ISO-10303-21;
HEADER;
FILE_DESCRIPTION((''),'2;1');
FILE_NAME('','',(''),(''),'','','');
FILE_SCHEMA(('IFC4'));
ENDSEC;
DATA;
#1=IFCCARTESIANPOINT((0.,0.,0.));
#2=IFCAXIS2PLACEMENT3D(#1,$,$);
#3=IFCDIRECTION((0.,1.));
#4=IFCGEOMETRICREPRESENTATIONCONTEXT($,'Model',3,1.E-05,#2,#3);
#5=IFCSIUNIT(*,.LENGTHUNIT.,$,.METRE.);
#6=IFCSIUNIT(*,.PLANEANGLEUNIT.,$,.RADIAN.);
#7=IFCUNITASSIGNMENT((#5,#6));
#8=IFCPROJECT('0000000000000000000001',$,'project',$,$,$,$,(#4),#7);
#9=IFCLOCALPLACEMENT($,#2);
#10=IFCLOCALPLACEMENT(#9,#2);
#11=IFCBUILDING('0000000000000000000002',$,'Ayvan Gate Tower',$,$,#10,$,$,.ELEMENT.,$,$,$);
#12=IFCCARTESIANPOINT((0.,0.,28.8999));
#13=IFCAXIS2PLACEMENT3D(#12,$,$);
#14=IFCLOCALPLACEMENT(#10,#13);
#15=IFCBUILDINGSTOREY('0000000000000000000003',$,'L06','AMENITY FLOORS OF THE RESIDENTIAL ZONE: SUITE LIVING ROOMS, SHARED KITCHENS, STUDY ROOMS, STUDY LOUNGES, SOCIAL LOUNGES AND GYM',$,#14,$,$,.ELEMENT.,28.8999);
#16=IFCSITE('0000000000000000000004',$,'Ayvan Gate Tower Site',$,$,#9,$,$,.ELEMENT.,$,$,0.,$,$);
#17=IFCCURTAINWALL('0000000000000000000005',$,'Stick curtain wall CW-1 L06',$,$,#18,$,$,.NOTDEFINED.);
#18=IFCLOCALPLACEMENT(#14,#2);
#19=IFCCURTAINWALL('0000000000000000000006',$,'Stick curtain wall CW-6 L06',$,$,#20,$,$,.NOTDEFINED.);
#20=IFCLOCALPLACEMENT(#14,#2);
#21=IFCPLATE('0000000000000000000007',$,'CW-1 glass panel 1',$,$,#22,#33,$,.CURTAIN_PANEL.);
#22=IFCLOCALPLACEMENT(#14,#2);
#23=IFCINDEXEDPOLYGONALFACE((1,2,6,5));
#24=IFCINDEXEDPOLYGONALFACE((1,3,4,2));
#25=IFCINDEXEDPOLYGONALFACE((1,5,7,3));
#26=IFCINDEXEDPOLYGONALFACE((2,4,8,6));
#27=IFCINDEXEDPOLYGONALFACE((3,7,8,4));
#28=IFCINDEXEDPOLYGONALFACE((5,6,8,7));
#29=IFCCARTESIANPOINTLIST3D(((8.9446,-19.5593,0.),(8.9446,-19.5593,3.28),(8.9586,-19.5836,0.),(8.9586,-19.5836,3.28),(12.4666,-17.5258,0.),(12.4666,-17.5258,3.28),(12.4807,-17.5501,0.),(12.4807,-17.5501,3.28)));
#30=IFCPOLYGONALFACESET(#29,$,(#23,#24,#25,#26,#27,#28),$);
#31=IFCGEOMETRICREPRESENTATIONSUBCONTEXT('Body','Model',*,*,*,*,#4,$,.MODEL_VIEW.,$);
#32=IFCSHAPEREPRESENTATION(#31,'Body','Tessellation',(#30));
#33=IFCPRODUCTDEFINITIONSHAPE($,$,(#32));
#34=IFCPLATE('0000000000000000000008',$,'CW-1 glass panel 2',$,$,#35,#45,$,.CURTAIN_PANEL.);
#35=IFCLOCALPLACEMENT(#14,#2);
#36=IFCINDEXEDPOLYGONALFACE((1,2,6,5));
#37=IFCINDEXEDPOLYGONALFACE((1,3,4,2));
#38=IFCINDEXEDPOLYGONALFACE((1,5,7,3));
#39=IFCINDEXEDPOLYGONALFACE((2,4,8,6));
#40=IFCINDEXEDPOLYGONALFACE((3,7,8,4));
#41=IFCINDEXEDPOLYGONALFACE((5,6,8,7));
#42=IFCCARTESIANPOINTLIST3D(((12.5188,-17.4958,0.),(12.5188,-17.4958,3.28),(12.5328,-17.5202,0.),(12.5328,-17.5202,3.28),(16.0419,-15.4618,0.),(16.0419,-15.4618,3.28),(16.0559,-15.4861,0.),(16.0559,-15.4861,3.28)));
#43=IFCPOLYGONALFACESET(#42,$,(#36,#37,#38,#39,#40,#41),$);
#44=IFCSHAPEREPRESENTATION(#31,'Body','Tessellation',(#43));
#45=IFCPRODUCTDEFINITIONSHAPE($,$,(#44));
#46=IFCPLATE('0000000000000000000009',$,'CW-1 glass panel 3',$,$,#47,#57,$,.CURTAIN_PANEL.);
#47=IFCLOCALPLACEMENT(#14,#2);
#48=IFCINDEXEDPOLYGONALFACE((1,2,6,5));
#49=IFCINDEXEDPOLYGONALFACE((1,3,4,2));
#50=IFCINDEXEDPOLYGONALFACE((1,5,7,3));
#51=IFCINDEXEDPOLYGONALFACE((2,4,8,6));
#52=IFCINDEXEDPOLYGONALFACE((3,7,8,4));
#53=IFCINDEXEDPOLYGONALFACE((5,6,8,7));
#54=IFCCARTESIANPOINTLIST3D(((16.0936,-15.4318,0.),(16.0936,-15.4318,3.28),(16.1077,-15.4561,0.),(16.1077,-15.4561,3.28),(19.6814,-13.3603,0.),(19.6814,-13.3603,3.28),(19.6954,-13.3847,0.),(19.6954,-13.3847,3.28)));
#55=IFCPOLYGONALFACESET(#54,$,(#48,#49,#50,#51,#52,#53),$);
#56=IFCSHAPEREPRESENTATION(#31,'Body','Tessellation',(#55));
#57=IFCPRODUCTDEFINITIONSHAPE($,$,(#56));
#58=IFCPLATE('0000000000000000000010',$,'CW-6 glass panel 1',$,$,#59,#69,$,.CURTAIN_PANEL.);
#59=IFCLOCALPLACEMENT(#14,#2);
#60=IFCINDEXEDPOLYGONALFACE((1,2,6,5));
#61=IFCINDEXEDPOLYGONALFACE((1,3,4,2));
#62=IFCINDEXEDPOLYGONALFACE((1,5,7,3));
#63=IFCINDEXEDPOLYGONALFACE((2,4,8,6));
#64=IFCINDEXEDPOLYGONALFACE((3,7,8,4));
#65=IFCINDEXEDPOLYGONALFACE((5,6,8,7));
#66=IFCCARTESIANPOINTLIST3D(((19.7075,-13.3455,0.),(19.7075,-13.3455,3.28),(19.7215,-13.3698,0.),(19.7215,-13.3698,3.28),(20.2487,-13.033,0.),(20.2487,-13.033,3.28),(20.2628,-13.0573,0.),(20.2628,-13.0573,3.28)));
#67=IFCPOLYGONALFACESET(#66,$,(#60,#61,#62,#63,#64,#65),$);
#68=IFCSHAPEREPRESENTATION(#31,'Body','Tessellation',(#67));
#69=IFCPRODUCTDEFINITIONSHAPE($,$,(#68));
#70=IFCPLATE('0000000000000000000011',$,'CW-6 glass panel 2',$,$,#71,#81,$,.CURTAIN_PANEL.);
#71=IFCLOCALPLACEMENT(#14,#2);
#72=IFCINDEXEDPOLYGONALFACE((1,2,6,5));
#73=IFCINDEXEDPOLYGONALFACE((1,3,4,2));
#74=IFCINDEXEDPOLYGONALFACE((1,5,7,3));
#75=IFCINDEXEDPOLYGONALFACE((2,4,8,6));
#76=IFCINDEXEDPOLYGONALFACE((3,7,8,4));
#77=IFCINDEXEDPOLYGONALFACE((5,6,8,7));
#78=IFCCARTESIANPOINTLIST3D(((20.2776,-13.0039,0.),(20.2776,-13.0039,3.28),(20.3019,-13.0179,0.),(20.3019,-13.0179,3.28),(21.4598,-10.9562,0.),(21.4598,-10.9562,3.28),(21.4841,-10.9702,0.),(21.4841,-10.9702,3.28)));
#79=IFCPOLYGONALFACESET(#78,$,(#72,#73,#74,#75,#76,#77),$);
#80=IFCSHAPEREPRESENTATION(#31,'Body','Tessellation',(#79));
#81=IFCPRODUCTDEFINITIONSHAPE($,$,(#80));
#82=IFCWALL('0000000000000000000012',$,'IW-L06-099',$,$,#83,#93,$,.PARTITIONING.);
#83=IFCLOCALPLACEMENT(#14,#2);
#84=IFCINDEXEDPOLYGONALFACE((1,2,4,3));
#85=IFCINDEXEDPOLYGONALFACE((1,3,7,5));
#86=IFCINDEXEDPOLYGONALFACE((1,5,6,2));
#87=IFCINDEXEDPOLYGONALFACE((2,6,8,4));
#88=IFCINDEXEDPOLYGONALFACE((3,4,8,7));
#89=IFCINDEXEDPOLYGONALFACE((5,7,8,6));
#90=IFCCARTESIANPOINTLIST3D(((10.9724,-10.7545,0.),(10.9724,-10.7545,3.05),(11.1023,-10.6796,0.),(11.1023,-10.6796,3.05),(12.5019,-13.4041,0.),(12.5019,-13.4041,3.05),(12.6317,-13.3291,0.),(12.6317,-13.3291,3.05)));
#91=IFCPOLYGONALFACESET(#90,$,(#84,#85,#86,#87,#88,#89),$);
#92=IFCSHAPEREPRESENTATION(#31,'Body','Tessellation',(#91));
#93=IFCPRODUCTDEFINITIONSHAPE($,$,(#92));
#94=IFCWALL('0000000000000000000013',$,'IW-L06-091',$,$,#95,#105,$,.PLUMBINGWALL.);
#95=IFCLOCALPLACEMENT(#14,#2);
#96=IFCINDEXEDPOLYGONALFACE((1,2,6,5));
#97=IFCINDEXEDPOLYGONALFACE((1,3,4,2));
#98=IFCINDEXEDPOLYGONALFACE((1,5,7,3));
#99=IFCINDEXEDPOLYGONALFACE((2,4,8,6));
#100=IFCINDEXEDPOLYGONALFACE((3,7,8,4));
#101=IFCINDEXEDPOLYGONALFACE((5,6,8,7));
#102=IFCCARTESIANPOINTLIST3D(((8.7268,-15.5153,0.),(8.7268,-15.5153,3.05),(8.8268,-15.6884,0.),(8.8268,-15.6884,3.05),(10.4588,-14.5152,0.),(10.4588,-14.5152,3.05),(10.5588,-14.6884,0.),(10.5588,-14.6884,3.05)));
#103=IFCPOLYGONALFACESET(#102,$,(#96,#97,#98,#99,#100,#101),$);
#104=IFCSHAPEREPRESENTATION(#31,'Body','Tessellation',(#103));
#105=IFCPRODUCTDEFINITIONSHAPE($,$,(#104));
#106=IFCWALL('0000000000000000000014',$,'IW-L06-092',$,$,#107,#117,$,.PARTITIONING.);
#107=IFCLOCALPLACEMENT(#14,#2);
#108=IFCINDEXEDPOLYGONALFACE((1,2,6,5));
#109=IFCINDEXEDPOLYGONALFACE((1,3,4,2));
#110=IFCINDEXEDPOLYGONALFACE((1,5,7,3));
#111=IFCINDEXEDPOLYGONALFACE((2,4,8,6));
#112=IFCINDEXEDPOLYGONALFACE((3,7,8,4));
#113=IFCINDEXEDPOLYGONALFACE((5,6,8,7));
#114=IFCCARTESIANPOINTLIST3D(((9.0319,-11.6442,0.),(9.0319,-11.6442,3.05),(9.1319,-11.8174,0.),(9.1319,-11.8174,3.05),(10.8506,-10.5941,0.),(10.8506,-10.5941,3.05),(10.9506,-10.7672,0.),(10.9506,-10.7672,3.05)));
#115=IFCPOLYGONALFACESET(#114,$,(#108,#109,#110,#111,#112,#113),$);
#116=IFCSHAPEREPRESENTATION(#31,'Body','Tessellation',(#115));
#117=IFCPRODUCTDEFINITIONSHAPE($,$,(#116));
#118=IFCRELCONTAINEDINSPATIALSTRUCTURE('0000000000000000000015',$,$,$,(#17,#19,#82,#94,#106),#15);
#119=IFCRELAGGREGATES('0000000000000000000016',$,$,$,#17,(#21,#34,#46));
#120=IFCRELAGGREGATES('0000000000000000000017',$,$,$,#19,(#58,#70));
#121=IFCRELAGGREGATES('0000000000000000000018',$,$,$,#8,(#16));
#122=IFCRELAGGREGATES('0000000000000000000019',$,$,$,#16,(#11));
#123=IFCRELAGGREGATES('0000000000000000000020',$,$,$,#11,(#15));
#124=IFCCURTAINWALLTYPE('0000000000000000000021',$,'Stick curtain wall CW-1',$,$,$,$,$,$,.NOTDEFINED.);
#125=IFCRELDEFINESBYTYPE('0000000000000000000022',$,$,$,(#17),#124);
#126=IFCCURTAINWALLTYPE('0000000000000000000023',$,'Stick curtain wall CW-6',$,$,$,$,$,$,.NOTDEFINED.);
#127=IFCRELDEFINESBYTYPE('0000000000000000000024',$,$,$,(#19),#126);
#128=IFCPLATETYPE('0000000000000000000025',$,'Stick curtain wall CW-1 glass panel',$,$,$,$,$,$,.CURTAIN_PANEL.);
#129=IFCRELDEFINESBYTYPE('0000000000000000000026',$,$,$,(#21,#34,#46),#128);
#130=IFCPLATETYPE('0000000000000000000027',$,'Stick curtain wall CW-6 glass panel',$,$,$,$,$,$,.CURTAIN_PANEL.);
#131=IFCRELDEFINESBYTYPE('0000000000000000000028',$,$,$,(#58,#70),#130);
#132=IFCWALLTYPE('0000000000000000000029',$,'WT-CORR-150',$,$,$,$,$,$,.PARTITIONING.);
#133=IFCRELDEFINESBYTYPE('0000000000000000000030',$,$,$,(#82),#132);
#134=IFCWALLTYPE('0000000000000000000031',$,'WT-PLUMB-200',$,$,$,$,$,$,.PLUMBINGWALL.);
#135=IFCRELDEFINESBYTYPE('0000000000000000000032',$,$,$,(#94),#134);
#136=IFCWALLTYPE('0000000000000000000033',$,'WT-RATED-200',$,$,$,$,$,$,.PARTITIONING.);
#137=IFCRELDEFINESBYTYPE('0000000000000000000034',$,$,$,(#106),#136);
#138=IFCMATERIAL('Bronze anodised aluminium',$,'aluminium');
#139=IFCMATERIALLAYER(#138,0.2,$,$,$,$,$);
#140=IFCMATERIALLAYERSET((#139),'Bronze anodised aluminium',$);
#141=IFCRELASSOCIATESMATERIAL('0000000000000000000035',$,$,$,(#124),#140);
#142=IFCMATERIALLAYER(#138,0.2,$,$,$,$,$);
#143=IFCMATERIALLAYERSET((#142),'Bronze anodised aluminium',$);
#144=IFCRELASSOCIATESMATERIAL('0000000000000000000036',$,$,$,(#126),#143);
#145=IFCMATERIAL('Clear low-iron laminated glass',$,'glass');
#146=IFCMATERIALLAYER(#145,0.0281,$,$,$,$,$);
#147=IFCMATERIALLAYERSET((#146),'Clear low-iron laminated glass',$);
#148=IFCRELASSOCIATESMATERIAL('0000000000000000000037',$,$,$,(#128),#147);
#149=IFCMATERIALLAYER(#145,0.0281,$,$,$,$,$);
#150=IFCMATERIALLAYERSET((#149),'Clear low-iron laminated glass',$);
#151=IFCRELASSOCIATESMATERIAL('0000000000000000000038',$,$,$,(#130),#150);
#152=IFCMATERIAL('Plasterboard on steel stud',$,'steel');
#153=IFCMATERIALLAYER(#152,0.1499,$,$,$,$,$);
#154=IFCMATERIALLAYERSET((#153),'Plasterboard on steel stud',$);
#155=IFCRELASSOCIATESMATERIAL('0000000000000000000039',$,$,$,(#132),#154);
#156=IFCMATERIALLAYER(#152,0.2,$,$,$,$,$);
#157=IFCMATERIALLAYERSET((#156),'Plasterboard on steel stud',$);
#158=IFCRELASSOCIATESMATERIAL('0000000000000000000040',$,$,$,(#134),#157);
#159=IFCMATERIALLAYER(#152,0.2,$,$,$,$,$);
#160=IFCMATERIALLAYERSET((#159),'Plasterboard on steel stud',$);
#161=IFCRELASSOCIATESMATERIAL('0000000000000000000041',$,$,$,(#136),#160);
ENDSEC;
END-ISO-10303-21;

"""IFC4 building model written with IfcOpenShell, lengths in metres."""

from ifc_helpers import new_model, si_unit, direction, frame, frame_2d, origin, origin_2d, place, context, subcontext, project, spatial, rectangle, extrude, material, layer, layer_set, type_object, element, aggregate, save


model = new_model("IFC4")

# Units and contexts
model_context = context("Model", 3, precision=1e-05, world=origin(), true_north=direction((0.0, 1.0)))
body_context = subcontext(model_context, "Body", "Model", "MODEL_VIEW")
ifc_project = project(units=[si_unit("LENGTHUNIT", "METRE"), si_unit("PLANEANGLEUNIT", "RADIAN")], contexts=[model_context])

# Site, building, storey
site_placement = place(None, origin())
site = spatial("IfcSite", under=ifc_project, at=site_placement, Name="Ayvan Gate Tower Site", CompositionType="ELEMENT", RefElevation=0.0)
building_placement = place(site_placement, origin())
building = spatial("IfcBuilding", under=site, at=building_placement, Name="Ayvan Gate Tower", CompositionType="ELEMENT")
storey_placement = place(building_placement, frame((0.0, 0.0, 28.8999)))
storey = spatial("IfcBuildingStorey", under=building, at=storey_placement, Name="L06", Description="AMENITY FLOORS OF THE RESIDENTIAL ZONE: SUITE LIVING ROOMS, SHARED KITCHENS, STUDY ROOMS, STUDY LOUNGES, SOCIAL LOUNGES AND GYM", CompositionType="ELEMENT", Elevation=28.8999)

# Curtain walls
ifc_material_1 = material(Name="Bronze anodised aluminium", Category="aluminium")
ifc_layer_1 = layer(ifc_material_1, 0.2)
ifc_layer_set_1 = layer_set([ifc_layer_1], Name="Bronze anodised aluminium")
curtain_wall_type_1 = type_object("IfcCurtainWallType", Name="Stick curtain wall CW-1", PredefinedType="NOTDEFINED", material=ifc_layer_set_1)
curtain_wall_1_placement = place(storey_placement, origin())
curtain_wall_1 = element("IfcCurtainWall", 1, at=curtain_wall_1_placement, inside=storey, type_object=curtain_wall_type_1, Name="Stick curtain wall CW-1 L06", PredefinedType="NOTDEFINED")
ifc_layer_2 = layer(ifc_material_1, 0.2)
ifc_layer_set_2 = layer_set([ifc_layer_2], Name="Bronze anodised aluminium")
curtain_wall_type_2 = type_object("IfcCurtainWallType", Name="Stick curtain wall CW-6", PredefinedType="NOTDEFINED", material=ifc_layer_set_2)
curtain_wall_2_placement = place(storey_placement, origin())
curtain_wall_2 = element("IfcCurtainWall", 2, at=curtain_wall_2_placement, inside=storey, type_object=curtain_wall_type_2, Name="Stick curtain wall CW-6 L06", PredefinedType="NOTDEFINED")

# Plates
ifc_material_2 = material(Name="Clear low-iron laminated glass", Category="glass")
ifc_layer_3 = layer(ifc_material_2, 0.0281)
ifc_layer_set_3 = layer_set([ifc_layer_3], Name="Clear low-iron laminated glass")
plate_type_1 = type_object("IfcPlateType", Name="Stick curtain wall CW-1 glass panel", PredefinedType="CURTAIN_PANEL", material=ifc_layer_set_3)
plate_1_placement = place(storey_placement, frame((10.7126, -18.5547, 0.0), z_axis=(0.0, 0.0, 1.0), x_axis=(0.866025, 0.5, 0.0)))
plate_1 = element("IfcPlate", 3, at=plate_1_placement, type_object=plate_type_1, Name="CW-1 glass panel 1", PredefinedType="CURTAIN_PANEL", context=body_context, shape_type="SweptSolid", body=[
    extrude(rectangle(XDim=4.0669, YDim=0.0281, at=origin_2d()), origin(), (0.0, 0.0, 1.0), 3.28),
])
plate_2_placement = place(storey_placement, frame((14.2874, -16.491, 0.0), z_axis=(0.0, 0.0, 1.0), x_axis=(0.866025, 0.5, 0.0)))
plate_2 = element("IfcPlate", 4, at=plate_2_placement, type_object=plate_type_1, Name="CW-1 glass panel 2", PredefinedType="CURTAIN_PANEL", context=body_context, shape_type="SweptSolid", body=[
    extrude(rectangle(XDim=4.0681, YDim=0.0281, at=origin_2d()), origin(), (0.0, 0.0, 1.0), 3.28),
])
plate_3_placement = place(storey_placement, frame((17.8945, -14.4082, 0.0), z_axis=(0.0, 0.0, 1.0), x_axis=(0.866025, 0.5, 0.0)))
plate_3 = element("IfcPlate", 5, at=plate_3_placement, type_object=plate_type_1, Name="CW-1 glass panel 3", PredefinedType="CURTAIN_PANEL", context=body_context, shape_type="SweptSolid", body=[
    extrude(rectangle(XDim=4.1428, YDim=0.0281, at=origin_2d()), origin(), (0.0, 0.0, 1.0), 3.28),
])
aggregate(curtain_wall_1, [plate_1, plate_2, plate_3])
ifc_layer_4 = layer(ifc_material_2, 0.0281)
ifc_layer_set_4 = layer_set([ifc_layer_4], Name="Clear low-iron laminated glass")
plate_type_2 = type_object("IfcPlateType", Name="Stick curtain wall CW-6 glass panel", PredefinedType="CURTAIN_PANEL", material=ifc_layer_set_4)
plate_4_placement = place(storey_placement, frame((19.9851, -13.2014, 0.0), z_axis=(0.0, 0.0, 1.0), x_axis=(0.866025, 0.5, 0.0)))
plate_4 = element("IfcPlate", 6, at=plate_4_placement, type_object=plate_type_2, Name="CW-6 glass panel 1", PredefinedType="CURTAIN_PANEL", context=body_context, shape_type="SweptSolid", body=[
    extrude(rectangle(XDim=0.625, YDim=0.0281, at=origin_2d()), origin(), (0.0, 0.0, 1.0), 3.28),
])
plate_5_placement = place(storey_placement, frame((20.8809, -11.9871, 0.0), z_axis=(0.0, 0.0, 1.0), x_axis=(0.5, 0.866025, 0.0)))
plate_5 = element("IfcPlate", 7, at=plate_5_placement, type_object=plate_type_2, Name="CW-6 glass panel 2", PredefinedType="CURTAIN_PANEL", context=body_context, shape_type="SweptSolid", body=[
    extrude(rectangle(XDim=2.3645, YDim=0.0281, at=origin_2d()), origin(), (0.0, 0.0, 1.0), 3.28),
])
aggregate(curtain_wall_2, [plate_4, plate_5])

# Walls
ifc_material_3 = material(Name="Plasterboard on steel stud", Category="steel")
ifc_layer_5 = layer(ifc_material_3, 0.1499)
ifc_layer_set_5 = layer_set([ifc_layer_5], Name="Plasterboard on steel stud")
wall_type_1 = type_object("IfcWallType", Name="WT-CORR-150", PredefinedType="PARTITIONING", material=ifc_layer_set_5)
wall_1_placement = place(storey_placement, frame((12.5669, -13.3667, 0.0), z_axis=(0.0, 0.0, 1.0), x_axis=(-0.499941, 0.866059, 0.0)))
element("IfcWall", 8, at=wall_1_placement, inside=storey, type_object=wall_type_1, Name="IW-L06-099", PredefinedType="PARTITIONING", context=body_context, shape_type="SweptSolid", body=[
    extrude(rectangle(XDim=3.0593, YDim=0.1499, at=frame_2d((1.5298, 0.0))), origin(), (0.0, 0.0, 1.0), 3.05),
])
ifc_layer_6 = layer(ifc_material_3, 0.2)
ifc_layer_set_6 = layer_set([ifc_layer_6], Name="Plasterboard on steel stud")
wall_type_2 = type_object("IfcWallType", Name="WT-PLUMB-200", PredefinedType="PLUMBINGWALL", material=ifc_layer_set_6)
wall_2_placement = place(storey_placement, frame((10.5088, -14.6018, 0.0), z_axis=(0.0, 0.0, 1.0), x_axis=(-0.866011, -0.500025, 0.0)))
element("IfcWall", 9, at=wall_2_placement, inside=storey, type_object=wall_type_2, Name="IW-L06-091", PredefinedType="PLUMBINGWALL", context=body_context, shape_type="SweptSolid", body=[
    extrude(rectangle(XDim=2.0, YDim=0.2, at=frame_2d((1.0, 0.0))), origin(), (0.0, 0.0, 1.0), 3.05),
])
ifc_layer_7 = layer(ifc_material_3, 0.2)
ifc_layer_set_7 = layer_set([ifc_layer_7], Name="Plasterboard on steel stud")
wall_type_3 = type_object("IfcWallType", Name="WT-RATED-200", PredefinedType="PARTITIONING", material=ifc_layer_set_7)
wall_3_placement = place(storey_placement, frame((10.9006, -10.6807, 0.0), z_axis=(0.0, 0.0, 1.0), x_axis=(-0.866009, -0.500028, 0.0)))
element("IfcWall", 10, at=wall_3_placement, inside=storey, type_object=wall_type_3, Name="IW-L06-092", PredefinedType="PARTITIONING", context=body_context, shape_type="SweptSolid", body=[
    extrude(rectangle(XDim=2.1001, YDim=0.2, at=frame_2d((1.05, 0.0))), origin(), (0.0, 0.0, 1.0), 3.05),
])

save(model, "model.ifc")
